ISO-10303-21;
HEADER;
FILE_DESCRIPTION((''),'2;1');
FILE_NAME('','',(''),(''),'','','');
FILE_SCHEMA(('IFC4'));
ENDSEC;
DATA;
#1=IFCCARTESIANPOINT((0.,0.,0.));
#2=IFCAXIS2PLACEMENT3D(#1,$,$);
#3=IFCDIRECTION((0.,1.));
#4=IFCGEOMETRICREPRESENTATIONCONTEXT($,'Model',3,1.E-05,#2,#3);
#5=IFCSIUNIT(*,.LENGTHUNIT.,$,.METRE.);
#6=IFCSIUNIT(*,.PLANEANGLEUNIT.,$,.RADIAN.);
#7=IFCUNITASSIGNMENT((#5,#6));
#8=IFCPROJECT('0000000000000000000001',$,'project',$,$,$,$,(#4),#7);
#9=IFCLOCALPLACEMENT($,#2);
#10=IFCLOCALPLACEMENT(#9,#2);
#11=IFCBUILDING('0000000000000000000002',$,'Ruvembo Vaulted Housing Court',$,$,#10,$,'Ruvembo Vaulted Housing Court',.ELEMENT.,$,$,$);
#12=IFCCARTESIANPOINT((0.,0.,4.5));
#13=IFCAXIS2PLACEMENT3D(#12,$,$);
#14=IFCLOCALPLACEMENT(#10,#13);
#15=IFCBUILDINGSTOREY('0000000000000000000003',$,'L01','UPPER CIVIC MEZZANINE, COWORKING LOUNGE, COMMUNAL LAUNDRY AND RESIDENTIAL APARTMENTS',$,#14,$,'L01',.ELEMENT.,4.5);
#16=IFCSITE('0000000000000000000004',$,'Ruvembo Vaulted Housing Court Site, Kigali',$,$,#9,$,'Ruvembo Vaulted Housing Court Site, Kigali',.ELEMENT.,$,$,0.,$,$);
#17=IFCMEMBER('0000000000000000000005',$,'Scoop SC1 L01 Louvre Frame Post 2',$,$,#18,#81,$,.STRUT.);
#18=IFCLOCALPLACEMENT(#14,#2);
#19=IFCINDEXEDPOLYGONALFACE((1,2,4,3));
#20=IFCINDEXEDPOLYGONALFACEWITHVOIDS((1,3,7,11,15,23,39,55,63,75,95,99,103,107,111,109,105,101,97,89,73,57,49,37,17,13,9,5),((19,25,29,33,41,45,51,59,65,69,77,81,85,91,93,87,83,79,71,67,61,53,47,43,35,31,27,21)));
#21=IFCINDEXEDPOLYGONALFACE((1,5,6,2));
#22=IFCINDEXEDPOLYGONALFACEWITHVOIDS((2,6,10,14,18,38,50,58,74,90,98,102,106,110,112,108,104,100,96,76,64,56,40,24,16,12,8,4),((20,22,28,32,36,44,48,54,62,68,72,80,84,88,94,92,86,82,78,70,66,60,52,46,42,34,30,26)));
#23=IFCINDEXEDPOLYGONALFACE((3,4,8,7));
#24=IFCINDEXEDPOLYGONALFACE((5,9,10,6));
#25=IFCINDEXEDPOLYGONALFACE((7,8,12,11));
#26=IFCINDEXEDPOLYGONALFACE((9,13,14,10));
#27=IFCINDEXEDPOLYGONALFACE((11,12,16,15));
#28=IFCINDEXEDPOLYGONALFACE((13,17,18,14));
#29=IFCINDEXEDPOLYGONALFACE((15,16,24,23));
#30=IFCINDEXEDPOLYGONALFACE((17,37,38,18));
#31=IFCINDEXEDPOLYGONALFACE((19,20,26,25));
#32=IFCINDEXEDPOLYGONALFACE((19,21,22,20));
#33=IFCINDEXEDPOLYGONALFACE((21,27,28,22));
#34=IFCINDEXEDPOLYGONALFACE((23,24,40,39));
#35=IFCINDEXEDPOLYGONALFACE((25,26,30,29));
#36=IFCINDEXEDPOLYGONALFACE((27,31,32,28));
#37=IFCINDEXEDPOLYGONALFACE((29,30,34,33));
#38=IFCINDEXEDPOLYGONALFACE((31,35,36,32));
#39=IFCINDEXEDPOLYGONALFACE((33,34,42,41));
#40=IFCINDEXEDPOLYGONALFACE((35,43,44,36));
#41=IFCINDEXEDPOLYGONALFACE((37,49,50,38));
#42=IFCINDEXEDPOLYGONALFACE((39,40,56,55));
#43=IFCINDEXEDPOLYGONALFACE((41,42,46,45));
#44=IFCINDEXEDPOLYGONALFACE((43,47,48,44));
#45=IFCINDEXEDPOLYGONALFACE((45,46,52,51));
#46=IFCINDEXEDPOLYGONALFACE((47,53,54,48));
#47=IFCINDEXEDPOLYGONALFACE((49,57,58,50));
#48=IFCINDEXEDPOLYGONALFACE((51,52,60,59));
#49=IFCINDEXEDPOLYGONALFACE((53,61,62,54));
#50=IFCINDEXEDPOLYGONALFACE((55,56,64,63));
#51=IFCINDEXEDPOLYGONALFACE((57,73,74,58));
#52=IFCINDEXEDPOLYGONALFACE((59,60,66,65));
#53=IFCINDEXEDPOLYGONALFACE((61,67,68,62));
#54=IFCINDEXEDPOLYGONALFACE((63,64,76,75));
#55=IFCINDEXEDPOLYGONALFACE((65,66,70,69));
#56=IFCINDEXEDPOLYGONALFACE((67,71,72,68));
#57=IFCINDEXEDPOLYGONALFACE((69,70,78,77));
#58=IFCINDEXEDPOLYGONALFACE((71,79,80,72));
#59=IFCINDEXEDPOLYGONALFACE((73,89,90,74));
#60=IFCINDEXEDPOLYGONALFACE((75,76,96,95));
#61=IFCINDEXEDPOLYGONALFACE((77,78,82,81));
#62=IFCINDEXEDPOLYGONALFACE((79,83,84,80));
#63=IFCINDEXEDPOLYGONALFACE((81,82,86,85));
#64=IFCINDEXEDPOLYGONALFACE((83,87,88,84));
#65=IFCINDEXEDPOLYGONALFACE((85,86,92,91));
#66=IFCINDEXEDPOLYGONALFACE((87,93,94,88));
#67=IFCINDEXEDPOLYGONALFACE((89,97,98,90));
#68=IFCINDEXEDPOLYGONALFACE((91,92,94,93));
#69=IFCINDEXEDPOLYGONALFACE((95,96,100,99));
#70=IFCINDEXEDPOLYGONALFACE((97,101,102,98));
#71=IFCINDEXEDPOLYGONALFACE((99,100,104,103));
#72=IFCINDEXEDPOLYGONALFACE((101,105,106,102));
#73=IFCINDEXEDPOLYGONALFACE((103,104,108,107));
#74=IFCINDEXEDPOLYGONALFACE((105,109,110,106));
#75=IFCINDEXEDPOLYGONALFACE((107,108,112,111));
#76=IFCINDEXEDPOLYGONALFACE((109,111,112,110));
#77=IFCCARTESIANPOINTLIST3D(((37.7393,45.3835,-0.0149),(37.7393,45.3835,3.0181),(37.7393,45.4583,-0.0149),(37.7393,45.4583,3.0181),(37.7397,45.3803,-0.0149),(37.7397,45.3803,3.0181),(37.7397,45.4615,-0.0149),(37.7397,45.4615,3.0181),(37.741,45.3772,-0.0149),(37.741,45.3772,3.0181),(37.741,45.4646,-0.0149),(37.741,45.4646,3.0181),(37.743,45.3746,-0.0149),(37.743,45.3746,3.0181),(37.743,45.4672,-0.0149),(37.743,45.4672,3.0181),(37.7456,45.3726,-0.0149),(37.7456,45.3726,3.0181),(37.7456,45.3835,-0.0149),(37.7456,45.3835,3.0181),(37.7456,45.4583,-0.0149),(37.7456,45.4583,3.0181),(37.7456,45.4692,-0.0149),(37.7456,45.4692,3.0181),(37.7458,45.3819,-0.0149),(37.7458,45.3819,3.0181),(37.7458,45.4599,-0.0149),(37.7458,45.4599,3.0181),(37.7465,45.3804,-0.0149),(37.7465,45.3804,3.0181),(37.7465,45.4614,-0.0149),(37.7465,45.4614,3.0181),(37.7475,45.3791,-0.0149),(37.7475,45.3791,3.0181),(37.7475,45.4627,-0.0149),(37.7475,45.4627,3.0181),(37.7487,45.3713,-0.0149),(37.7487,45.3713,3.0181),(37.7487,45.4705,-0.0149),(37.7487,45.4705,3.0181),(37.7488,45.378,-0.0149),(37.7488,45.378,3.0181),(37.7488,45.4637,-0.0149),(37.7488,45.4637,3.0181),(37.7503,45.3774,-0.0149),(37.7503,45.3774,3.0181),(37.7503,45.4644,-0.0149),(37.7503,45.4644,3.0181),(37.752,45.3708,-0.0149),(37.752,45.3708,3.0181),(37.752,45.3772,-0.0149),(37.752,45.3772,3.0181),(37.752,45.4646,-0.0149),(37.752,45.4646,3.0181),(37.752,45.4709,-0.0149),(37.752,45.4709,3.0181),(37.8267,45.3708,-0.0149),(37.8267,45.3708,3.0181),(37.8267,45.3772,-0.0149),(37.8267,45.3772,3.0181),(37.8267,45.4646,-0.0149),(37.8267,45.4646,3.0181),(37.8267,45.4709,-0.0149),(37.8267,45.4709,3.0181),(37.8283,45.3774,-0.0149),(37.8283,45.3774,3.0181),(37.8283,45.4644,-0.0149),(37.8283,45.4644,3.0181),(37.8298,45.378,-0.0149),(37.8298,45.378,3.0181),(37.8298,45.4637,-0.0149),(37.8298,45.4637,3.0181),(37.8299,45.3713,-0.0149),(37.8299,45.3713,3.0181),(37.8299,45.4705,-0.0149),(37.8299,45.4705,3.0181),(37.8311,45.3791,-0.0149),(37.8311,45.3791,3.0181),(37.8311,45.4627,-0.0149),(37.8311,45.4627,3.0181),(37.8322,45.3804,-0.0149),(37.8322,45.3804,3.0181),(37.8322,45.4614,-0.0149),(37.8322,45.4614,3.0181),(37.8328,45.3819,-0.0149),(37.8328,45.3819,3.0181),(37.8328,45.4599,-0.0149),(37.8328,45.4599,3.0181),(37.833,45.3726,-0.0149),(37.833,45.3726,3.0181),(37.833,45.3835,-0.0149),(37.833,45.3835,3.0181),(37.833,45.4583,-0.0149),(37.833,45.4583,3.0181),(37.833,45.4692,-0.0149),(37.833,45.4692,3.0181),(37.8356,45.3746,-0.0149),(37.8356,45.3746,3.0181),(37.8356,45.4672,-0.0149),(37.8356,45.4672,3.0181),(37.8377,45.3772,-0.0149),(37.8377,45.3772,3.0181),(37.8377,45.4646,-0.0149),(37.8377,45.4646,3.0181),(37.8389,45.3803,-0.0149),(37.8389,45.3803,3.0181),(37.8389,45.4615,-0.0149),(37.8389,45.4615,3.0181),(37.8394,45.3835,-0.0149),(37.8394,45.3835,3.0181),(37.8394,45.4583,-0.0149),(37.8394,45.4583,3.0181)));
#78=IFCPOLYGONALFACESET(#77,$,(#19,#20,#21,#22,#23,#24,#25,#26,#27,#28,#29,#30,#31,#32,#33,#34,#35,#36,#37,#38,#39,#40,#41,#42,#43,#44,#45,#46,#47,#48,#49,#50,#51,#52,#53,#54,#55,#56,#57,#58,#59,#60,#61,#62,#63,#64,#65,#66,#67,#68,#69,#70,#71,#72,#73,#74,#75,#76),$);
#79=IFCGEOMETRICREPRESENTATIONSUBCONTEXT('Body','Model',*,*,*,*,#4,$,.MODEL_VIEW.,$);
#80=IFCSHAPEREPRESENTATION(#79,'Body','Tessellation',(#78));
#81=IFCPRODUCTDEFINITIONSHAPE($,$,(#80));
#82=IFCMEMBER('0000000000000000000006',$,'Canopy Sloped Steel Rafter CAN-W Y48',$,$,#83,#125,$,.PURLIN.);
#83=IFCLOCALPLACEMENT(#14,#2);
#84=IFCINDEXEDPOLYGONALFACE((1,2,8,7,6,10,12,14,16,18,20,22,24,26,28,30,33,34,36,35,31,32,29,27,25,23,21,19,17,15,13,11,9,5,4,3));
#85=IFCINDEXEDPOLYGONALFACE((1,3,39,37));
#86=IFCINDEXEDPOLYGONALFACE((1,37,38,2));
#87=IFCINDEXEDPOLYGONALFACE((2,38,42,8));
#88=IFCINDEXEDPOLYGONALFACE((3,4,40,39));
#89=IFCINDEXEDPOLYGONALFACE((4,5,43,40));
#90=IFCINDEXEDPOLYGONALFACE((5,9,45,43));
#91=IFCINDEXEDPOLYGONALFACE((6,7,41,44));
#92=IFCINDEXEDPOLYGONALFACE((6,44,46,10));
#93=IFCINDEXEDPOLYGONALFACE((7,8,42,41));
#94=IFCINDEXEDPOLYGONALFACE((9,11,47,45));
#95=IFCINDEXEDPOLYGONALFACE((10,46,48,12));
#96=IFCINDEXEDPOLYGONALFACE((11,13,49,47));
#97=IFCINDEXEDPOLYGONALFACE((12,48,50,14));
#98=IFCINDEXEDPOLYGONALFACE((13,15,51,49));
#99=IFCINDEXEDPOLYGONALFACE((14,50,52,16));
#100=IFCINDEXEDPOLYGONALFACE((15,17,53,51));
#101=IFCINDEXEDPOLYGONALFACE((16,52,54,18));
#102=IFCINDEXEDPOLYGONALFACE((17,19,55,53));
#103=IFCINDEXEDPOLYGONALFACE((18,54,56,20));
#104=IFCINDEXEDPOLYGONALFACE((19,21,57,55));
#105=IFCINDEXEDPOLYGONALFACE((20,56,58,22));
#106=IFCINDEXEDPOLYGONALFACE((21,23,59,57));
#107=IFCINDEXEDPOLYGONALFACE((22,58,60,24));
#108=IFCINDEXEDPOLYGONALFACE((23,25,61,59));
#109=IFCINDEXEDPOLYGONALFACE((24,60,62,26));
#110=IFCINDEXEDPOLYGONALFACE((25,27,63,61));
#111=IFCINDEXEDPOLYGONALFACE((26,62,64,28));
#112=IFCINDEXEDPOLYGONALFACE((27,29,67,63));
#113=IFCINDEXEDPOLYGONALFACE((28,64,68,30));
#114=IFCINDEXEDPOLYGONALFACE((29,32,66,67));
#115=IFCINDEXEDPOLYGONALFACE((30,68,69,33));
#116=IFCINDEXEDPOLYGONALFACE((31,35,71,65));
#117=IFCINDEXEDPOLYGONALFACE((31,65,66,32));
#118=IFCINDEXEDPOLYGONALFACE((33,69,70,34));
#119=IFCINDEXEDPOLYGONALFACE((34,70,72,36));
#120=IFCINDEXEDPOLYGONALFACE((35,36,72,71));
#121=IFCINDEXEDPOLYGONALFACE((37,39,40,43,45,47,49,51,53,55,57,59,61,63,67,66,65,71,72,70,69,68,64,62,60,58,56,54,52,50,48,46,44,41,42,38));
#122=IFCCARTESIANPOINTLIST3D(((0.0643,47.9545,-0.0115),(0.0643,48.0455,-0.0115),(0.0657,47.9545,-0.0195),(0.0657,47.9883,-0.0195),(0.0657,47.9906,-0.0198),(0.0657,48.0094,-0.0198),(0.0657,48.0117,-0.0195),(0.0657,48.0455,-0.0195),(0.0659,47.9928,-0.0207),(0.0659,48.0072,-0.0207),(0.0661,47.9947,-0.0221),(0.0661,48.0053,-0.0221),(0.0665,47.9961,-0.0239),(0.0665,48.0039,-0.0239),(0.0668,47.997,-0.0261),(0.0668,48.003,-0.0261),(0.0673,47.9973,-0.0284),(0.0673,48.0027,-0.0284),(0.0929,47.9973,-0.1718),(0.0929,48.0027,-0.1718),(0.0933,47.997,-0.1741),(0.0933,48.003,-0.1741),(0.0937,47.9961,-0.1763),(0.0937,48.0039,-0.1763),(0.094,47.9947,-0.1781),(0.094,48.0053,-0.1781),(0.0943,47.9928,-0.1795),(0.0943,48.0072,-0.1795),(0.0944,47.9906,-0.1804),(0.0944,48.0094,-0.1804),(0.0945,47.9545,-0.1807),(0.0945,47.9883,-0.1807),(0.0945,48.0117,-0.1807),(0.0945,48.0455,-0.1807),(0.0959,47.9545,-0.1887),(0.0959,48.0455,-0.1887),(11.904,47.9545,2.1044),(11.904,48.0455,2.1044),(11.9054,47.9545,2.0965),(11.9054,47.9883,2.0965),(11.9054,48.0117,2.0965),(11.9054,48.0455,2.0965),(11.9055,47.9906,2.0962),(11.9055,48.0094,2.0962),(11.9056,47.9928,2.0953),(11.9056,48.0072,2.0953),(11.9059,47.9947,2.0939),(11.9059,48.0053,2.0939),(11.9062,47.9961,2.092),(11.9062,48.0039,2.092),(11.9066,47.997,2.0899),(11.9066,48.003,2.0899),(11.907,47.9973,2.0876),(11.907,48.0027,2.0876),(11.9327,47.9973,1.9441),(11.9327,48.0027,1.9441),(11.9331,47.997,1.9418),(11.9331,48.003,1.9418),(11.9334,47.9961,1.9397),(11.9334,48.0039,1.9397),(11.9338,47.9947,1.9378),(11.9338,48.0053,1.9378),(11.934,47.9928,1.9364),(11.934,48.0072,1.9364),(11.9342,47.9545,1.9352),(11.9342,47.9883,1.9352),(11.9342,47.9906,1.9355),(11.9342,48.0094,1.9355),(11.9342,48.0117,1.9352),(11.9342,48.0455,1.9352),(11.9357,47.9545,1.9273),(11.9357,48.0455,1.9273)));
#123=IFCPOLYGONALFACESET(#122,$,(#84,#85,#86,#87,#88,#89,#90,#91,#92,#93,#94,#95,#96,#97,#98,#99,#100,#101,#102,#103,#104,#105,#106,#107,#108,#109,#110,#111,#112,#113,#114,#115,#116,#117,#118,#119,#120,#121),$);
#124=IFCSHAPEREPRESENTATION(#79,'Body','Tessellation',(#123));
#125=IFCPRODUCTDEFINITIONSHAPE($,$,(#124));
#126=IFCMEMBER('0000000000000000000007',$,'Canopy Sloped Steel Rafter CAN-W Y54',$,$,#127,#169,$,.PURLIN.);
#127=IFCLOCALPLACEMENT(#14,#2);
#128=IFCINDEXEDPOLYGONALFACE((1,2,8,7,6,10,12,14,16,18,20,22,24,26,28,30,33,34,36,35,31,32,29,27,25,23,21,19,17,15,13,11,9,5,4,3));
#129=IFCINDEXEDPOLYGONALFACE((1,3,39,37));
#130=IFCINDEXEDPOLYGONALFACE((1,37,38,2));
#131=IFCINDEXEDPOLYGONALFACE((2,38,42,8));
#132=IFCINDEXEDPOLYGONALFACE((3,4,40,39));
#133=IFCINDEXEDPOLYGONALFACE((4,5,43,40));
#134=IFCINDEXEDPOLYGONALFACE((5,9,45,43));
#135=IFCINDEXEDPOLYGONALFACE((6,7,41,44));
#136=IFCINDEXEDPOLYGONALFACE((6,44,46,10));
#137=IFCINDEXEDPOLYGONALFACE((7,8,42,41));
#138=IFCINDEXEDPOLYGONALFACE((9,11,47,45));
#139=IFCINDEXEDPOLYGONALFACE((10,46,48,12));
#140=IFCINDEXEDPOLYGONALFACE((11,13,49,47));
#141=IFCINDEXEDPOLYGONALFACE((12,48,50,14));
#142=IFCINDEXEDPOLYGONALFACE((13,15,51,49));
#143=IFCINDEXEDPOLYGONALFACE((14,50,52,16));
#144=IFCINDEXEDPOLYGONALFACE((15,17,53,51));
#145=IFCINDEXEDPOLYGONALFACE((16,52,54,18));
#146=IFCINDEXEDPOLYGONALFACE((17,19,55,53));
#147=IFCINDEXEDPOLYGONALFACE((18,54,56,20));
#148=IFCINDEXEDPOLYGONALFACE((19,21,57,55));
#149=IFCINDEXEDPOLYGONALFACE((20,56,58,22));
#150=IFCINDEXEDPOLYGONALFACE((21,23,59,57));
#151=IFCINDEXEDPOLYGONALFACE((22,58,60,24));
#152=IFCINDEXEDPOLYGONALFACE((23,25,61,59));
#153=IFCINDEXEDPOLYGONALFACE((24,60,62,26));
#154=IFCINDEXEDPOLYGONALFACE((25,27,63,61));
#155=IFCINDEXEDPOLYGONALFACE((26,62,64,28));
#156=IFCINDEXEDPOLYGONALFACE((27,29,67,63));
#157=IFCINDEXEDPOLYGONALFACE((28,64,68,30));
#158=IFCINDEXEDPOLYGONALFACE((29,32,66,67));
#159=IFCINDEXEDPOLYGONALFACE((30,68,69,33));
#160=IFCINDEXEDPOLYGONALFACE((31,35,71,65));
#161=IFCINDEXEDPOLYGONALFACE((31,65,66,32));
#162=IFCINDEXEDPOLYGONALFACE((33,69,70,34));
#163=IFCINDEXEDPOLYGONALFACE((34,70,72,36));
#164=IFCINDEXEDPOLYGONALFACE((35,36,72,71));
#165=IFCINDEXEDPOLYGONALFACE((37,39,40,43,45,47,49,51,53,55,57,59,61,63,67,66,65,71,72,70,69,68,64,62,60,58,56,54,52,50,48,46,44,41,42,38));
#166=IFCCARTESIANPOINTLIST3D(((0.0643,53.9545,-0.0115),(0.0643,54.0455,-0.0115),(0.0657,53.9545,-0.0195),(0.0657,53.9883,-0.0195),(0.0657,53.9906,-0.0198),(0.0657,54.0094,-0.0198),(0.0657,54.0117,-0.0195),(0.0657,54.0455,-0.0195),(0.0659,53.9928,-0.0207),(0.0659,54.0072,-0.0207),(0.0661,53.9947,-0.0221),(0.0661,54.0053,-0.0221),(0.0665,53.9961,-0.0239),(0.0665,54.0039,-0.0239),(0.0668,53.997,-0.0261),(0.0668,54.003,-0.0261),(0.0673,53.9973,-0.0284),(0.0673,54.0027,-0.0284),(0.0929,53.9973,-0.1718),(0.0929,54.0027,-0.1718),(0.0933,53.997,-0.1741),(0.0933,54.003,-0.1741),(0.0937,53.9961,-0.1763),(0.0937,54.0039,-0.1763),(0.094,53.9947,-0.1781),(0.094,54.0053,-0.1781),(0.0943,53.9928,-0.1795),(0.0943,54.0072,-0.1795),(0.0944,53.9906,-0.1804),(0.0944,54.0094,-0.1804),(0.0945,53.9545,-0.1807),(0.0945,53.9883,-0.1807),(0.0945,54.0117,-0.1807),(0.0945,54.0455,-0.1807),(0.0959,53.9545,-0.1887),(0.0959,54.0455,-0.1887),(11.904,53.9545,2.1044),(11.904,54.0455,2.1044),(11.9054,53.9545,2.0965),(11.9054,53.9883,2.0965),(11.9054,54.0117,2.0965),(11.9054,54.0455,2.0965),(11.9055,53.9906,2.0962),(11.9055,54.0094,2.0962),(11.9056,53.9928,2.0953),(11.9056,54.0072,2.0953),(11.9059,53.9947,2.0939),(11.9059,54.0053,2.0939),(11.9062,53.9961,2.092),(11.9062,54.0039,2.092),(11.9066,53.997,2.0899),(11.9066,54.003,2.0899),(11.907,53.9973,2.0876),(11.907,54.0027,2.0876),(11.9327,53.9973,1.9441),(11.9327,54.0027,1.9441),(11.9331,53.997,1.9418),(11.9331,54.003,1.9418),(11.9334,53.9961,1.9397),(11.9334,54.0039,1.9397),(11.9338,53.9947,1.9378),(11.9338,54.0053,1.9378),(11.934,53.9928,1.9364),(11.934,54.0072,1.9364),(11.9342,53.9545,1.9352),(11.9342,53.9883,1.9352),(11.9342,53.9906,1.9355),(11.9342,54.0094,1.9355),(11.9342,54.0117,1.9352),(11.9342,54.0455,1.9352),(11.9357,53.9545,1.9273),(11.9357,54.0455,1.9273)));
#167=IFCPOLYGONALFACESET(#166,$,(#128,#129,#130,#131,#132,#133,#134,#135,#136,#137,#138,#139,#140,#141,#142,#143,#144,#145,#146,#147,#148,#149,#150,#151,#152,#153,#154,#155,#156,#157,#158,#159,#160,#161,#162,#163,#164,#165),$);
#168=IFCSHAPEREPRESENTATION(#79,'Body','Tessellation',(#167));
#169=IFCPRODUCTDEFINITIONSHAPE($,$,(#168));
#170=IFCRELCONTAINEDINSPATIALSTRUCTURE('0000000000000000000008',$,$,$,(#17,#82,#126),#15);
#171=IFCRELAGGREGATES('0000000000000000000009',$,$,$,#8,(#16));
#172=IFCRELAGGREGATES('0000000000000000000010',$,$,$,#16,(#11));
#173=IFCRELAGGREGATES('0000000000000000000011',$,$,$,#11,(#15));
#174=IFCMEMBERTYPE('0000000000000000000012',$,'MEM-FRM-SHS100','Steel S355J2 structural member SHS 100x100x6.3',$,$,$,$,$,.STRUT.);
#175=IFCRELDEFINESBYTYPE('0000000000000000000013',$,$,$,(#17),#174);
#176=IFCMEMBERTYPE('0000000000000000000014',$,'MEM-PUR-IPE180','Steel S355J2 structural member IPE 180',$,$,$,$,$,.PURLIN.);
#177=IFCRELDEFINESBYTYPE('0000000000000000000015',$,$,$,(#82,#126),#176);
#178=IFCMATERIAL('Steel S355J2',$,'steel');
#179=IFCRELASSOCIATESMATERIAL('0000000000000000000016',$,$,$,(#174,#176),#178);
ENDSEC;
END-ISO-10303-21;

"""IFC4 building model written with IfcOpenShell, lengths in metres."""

from ifc_helpers import new_model, si_unit, direction, frame, origin, origin_2d, place, context, subcontext, project, spatial, hollow_rectangle, i_section, extrude, material, material_profile, profile_set, type_object, element, save


model = new_model("IFC4")

# Units and contexts
model_context = context("Model", 3, precision=1e-05, world=origin(), true_north=direction((0.0, 1.0)))
body_context = subcontext(model_context, "Body", "Model", "MODEL_VIEW")
ifc_project = project(units=[si_unit("LENGTHUNIT", "METRE"), si_unit("PLANEANGLEUNIT", "RADIAN")], contexts=[model_context])

# Site, building, storey
site_placement = place(None, origin())
site = spatial("IfcSite", under=ifc_project, at=site_placement, Name="Ruvembo Vaulted Housing Court Site, Kigali", LongName="Ruvembo Vaulted Housing Court Site, Kigali", CompositionType="ELEMENT", RefElevation=0.0)
building_placement = place(site_placement, origin())
building = spatial("IfcBuilding", under=site, at=building_placement, Name="Ruvembo Vaulted Housing Court", LongName="Ruvembo Vaulted Housing Court", CompositionType="ELEMENT")
storey_placement = place(building_placement, frame((0.0, 0.0, 4.5)))
storey = spatial("IfcBuildingStorey", under=building, at=storey_placement, Name="L01", Description="UPPER CIVIC MEZZANINE, COWORKING LOUNGE, COMMUNAL LAUNDRY AND RESIDENTIAL APARTMENTS", LongName="L01", CompositionType="ELEMENT", Elevation=4.5)

# Shared definitions
ifc_material_1 = material(Name="Steel S355J2", Category="steel")

# Members
ifc_material_profile_1 = material_profile(ifc_material_1, hollow_rectangle(XDim=0.1001, YDim=0.1001, WallThickness=0.0063, InnerFilletRadius=0.0063, OuterFilletRadius=0.0127, at=origin_2d()), Name="SHS 100x100x6.3")
ifc_profile_set_1 = profile_set([ifc_material_profile_1], Name="Steel S355J2")
member_type_1 = type_object("IfcMemberType", Name="MEM-FRM-SHS100", Description="Steel S355J2 structural member SHS 100x100x6.3", PredefinedType="STRUT", material=ifc_profile_set_1)
member_1_placement = place(storey_placement, frame((37.7893, 45.4209, -0.0149), z_axis=(0.0, 0.0, 1.0), x_axis=(1.0, 0.0, 0.0)))
element("IfcMember", 1, at=member_1_placement, inside=storey, type_object=member_type_1, Name="Scoop SC1 L01 Louvre Frame Post 2", PredefinedType="STRUT", context=body_context, shape_type="SweptSolid", body=[
    extrude(hollow_rectangle(XDim=0.1001, YDim=0.1001, WallThickness=0.0063, InnerFilletRadius=0.0063, OuterFilletRadius=0.0127, at=origin_2d()), origin(), (0.0, 0.0, 1.0), 3.033),
])
ifc_material_profile_2 = material_profile(ifc_material_1, i_section(OverallWidth=0.0911, OverallDepth=0.1799, WebThickness=0.0054, FlangeThickness=0.0081, FilletRadius=0.009, at=origin_2d()), Name="IPE 180")
ifc_profile_set_2 = profile_set([ifc_material_profile_2], Name="Steel S355J2")
member_type_2 = type_object("IfcMemberType", Name="MEM-PUR-IPE180", Description="Steel S355J2 structural member IPE 180", PredefinedType="PURLIN", material=ifc_profile_set_2)
for number, where, z_axis, x_axis, name in (
    (2, (0.0801, 48.0, -0.1001), (0.984403, 0.0, 0.175928), (0.0, 1.0, 0.0), "Canopy Sloped Steel Rafter CAN-W Y48"),
    (3, (0.0801, 54.0, -0.1001), (0.984403, 0.0, 0.175928), (0.0, 1.0, 0.0), "Canopy Sloped Steel Rafter CAN-W Y54"),
):
    element("IfcMember", number, at=place(storey_placement, frame(where, z_axis=z_axis, x_axis=x_axis)), inside=storey, type_object=member_type_2, Name=name, PredefinedType="PURLIN", context=body_context, shape_type="SweptSolid", body=[
        extrude(i_section(OverallWidth=0.0911, OverallDepth=0.1799, WebThickness=0.0054, FlangeThickness=0.0081, FilletRadius=0.009, at=origin_2d()), origin(), (0.0, 0.0, 1.0), 12.0273),
    ])

save(model, "model.ifc")
